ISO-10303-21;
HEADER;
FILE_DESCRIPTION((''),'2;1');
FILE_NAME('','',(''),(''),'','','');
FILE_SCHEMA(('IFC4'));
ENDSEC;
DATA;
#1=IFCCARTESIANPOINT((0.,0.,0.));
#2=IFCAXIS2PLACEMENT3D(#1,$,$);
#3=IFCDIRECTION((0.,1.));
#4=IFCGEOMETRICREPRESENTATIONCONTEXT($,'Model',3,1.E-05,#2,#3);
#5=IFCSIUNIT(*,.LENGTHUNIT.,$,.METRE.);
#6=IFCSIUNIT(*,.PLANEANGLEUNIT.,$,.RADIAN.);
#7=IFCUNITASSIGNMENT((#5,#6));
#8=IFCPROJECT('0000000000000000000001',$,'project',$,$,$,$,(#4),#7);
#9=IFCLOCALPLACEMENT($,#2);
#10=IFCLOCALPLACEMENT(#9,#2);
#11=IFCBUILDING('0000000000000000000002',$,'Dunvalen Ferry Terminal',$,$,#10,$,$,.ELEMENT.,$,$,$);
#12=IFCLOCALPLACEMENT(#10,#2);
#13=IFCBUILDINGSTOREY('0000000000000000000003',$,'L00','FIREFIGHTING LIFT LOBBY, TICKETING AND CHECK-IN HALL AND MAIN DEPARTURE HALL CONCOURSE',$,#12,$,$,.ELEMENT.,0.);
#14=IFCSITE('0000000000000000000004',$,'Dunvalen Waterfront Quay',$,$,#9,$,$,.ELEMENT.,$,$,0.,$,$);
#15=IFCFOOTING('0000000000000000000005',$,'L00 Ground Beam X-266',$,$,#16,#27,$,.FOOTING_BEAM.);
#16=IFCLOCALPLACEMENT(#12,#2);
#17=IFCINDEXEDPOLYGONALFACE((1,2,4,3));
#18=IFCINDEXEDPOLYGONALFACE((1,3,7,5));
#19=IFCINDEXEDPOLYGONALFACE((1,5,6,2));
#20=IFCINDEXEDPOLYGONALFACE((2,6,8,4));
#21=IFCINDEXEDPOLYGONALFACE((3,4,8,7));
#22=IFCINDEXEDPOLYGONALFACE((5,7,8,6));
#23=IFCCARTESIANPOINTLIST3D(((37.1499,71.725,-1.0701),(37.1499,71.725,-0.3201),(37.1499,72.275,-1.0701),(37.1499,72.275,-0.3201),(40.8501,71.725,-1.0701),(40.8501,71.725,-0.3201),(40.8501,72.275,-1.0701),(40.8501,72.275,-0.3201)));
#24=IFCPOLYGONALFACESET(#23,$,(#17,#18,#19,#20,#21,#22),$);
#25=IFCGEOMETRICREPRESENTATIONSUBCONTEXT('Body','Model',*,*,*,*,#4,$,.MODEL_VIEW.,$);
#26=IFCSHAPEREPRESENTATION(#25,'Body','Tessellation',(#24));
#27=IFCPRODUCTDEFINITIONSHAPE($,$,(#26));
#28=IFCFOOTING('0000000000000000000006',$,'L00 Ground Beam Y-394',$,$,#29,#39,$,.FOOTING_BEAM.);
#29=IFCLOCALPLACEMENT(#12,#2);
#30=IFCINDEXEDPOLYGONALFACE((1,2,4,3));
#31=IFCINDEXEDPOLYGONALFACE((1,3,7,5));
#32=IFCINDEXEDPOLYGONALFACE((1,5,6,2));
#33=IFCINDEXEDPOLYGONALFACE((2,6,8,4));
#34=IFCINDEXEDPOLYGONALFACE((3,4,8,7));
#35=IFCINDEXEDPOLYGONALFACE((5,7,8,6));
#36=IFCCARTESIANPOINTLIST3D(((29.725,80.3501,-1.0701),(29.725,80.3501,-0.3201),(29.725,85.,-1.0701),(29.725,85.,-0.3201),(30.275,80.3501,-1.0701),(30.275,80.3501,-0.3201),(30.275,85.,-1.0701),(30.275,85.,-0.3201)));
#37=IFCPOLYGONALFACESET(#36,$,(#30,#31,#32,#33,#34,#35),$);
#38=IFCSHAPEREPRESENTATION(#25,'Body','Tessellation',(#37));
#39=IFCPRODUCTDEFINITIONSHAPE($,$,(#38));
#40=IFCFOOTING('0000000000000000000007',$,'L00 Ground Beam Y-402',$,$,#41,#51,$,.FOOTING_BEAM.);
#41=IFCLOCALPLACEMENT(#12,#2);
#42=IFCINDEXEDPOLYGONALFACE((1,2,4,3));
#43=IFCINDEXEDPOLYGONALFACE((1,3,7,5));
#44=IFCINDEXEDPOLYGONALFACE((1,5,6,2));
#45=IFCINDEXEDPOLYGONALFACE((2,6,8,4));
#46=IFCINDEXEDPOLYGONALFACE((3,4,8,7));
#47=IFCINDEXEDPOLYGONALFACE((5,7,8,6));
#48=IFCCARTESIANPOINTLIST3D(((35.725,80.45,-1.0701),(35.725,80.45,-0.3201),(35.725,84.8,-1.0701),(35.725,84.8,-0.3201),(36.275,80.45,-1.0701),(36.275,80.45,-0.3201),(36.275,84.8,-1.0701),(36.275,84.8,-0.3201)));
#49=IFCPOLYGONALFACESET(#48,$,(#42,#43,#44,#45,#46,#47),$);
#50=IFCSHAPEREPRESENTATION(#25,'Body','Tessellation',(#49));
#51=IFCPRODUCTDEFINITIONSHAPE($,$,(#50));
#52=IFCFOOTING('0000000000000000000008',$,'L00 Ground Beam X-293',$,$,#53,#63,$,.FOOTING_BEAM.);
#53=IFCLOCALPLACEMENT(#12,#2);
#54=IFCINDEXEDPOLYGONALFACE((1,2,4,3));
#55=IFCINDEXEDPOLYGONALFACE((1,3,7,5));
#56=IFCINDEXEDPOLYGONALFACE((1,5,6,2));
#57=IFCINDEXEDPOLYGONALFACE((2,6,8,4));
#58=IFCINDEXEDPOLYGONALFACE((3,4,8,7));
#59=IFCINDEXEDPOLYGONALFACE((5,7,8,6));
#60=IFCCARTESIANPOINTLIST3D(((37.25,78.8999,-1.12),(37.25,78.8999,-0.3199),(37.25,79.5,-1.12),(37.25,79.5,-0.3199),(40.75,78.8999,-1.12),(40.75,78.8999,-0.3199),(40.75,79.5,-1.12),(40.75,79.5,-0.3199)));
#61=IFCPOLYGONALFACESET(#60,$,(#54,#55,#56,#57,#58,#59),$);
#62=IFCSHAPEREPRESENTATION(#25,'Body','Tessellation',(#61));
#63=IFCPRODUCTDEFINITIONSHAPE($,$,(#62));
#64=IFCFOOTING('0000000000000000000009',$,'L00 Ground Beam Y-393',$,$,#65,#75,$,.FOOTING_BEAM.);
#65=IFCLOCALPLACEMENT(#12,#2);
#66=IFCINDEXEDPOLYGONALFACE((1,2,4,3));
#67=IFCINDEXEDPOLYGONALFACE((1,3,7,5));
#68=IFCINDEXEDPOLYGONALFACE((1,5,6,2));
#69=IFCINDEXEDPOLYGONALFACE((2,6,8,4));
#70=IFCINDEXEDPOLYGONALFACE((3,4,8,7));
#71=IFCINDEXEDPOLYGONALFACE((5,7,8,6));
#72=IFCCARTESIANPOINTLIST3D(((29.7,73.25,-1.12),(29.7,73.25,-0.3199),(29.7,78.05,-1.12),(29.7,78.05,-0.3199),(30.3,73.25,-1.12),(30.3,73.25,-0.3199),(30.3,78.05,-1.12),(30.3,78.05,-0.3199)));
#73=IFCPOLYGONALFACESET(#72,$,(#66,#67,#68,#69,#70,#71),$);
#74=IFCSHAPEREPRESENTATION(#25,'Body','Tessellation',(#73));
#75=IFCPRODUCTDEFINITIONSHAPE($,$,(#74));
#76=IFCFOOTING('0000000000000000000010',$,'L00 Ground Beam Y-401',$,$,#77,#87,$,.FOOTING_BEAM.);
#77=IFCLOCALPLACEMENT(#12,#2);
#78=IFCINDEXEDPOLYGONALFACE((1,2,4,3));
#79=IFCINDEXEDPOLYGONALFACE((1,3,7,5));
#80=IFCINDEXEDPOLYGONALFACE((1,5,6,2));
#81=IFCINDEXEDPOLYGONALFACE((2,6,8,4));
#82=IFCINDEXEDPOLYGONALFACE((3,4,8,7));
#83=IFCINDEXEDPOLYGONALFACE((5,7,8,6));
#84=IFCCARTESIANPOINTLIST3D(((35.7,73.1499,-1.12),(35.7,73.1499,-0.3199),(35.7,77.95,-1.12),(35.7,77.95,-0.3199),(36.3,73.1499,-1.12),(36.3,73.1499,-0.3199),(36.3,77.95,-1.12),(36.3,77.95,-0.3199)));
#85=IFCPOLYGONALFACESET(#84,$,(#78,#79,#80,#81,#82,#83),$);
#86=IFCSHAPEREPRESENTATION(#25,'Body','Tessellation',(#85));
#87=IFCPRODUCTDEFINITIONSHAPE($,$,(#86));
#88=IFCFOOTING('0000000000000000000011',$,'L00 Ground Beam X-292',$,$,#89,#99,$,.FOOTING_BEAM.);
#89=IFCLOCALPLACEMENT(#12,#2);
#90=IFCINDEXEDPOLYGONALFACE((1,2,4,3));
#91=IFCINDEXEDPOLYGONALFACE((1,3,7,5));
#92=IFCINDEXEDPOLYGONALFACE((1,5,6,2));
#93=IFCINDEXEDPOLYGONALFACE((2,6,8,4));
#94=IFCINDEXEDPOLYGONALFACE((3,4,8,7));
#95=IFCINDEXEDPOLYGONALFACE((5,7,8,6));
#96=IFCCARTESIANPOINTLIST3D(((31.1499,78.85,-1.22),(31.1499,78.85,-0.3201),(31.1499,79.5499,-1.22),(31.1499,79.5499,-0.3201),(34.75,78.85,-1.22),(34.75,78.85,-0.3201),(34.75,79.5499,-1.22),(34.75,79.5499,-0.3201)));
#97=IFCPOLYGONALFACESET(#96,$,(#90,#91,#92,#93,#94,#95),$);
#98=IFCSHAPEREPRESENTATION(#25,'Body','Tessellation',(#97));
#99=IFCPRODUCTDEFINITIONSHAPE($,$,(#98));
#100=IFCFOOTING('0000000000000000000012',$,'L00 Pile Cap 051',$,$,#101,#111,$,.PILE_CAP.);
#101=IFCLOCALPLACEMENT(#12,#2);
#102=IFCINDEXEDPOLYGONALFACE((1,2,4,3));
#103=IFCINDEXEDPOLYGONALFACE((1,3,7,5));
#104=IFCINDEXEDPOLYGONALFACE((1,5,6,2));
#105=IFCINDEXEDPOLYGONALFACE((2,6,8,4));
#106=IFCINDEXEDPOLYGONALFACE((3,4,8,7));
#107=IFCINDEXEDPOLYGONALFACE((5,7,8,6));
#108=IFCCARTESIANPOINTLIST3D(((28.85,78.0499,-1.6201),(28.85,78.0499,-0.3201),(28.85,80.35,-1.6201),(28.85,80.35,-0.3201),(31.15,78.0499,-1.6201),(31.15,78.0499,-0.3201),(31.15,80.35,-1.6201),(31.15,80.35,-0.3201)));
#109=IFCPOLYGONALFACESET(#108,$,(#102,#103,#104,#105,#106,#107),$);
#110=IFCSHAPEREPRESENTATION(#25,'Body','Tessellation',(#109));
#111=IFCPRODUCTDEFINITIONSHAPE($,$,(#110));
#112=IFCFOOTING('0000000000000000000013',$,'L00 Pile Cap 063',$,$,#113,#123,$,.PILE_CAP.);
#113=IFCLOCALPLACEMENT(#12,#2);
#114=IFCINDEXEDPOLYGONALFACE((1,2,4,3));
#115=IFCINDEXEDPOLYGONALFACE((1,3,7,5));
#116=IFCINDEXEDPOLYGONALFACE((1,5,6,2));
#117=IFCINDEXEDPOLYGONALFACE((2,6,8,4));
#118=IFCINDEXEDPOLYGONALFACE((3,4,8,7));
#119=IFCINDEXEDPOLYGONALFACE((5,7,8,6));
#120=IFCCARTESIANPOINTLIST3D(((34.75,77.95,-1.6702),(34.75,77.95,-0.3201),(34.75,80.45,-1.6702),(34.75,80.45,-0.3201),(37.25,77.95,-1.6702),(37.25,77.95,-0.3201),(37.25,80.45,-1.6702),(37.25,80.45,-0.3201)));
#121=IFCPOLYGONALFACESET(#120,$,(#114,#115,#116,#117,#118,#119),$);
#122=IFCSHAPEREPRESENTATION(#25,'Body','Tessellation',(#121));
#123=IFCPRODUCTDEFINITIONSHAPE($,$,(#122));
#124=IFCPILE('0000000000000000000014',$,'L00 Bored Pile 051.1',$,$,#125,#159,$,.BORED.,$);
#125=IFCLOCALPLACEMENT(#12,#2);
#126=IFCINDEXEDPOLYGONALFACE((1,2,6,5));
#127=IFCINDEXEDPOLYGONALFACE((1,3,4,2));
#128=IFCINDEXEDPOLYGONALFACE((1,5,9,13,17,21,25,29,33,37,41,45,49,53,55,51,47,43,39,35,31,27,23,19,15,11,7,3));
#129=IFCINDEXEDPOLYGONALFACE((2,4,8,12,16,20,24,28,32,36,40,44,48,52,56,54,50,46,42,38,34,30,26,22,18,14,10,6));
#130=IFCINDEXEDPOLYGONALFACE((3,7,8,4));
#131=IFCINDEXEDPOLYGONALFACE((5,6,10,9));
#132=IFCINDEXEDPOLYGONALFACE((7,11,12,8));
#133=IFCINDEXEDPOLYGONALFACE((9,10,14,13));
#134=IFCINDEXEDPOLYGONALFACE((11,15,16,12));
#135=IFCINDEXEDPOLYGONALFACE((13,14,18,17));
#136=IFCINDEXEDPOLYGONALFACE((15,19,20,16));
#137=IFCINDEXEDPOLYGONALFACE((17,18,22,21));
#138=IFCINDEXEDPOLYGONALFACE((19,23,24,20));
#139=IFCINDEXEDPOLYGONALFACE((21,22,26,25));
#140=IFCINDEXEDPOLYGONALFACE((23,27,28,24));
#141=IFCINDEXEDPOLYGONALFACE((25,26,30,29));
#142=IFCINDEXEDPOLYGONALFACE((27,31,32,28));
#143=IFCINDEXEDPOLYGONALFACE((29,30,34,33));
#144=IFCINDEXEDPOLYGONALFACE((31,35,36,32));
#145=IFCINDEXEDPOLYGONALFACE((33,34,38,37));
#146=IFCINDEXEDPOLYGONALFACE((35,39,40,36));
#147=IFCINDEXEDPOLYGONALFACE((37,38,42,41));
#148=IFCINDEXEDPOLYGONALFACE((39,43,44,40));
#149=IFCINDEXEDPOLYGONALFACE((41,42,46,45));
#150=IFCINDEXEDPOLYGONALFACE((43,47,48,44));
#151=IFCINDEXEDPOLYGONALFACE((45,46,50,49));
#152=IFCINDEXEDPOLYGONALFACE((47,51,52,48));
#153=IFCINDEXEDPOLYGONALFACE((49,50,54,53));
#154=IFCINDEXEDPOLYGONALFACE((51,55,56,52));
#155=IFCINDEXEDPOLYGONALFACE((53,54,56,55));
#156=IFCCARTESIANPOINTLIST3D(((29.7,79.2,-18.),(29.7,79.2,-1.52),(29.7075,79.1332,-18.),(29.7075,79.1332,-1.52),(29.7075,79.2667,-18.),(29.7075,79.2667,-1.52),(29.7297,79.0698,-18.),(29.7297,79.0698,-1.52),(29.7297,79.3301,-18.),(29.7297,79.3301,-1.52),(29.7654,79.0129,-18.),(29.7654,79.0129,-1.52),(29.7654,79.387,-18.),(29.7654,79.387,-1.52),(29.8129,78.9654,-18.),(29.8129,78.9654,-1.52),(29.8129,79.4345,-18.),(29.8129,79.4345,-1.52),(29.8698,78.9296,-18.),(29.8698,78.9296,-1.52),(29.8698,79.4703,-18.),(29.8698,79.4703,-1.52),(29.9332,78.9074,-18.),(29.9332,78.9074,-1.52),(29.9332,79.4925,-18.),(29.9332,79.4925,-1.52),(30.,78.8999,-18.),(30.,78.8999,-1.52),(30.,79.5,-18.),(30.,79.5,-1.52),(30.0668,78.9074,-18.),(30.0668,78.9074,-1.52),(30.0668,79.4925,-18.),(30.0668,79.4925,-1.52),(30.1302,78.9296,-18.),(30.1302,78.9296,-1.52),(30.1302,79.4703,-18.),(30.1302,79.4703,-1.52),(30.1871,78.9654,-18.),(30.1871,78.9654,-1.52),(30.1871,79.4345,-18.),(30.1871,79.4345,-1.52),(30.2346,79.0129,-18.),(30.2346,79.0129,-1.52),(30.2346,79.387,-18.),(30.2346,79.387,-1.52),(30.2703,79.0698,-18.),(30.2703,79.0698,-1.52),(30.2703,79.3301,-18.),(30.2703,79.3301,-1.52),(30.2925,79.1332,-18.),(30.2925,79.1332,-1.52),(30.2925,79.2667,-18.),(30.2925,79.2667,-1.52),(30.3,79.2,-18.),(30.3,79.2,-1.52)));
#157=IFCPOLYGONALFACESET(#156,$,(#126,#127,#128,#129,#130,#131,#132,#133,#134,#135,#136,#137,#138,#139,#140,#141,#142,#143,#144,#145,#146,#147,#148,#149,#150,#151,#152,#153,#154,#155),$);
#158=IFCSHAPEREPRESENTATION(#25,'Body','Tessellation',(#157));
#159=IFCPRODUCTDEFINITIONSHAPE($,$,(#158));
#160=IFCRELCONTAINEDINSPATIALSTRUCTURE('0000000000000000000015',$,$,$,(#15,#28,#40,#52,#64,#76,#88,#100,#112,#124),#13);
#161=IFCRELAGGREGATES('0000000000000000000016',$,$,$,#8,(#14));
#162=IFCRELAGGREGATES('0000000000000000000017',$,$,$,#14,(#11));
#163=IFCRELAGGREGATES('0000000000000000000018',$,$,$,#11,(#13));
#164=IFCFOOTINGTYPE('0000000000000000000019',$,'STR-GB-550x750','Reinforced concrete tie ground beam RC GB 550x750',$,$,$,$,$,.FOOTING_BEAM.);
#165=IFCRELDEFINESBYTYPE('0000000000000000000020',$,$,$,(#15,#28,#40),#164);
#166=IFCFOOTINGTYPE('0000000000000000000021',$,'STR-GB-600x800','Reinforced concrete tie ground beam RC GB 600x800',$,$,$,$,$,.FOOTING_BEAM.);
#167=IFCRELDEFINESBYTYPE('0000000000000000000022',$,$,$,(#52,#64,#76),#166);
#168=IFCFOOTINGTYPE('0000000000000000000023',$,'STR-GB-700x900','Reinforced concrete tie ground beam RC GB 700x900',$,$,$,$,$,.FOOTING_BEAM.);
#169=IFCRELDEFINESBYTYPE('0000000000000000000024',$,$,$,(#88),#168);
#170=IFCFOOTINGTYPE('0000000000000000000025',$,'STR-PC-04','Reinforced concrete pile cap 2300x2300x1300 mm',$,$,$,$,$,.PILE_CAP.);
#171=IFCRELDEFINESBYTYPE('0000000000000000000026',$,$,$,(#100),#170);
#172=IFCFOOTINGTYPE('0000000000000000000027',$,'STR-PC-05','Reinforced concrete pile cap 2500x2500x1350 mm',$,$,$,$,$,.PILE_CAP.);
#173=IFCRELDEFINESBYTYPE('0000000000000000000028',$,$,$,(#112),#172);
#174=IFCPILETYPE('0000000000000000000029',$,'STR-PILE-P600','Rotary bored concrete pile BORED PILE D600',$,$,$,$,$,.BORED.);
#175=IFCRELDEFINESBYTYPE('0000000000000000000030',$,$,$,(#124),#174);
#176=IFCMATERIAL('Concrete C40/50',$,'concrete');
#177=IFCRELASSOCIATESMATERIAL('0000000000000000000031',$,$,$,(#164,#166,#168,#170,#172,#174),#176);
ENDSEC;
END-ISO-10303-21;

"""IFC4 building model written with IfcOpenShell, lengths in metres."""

from ifc_helpers import new_model, si_unit, direction, frame, origin, origin_2d, place, context, subcontext, project, spatial, rectangle, circle, extrude, material, material_profile, profile_set, type_object, element, save


model = new_model("IFC4")

# Units and contexts
model_context = context("Model", 3, precision=1e-05, world=origin(), true_north=direction((0.0, 1.0)))
body_context = subcontext(model_context, "Body", "Model", "MODEL_VIEW")
ifc_project = project(units=[si_unit("LENGTHUNIT", "METRE"), si_unit("PLANEANGLEUNIT", "RADIAN")], contexts=[model_context])

# Site, building, storey
site_placement = place(None, origin())
site = spatial("IfcSite", under=ifc_project, at=site_placement, Name="Dunvalen Waterfront Quay", CompositionType="ELEMENT", RefElevation=0.0)
building_placement = place(site_placement, origin())
building = spatial("IfcBuilding", under=site, at=building_placement, Name="Dunvalen Ferry Terminal", CompositionType="ELEMENT")
storey_placement = place(building_placement, origin())
storey = spatial("IfcBuildingStorey", under=building, at=storey_placement, Name="L00", Description="FIREFIGHTING LIFT LOBBY, TICKETING AND CHECK-IN HALL AND MAIN DEPARTURE HALL CONCOURSE", CompositionType="ELEMENT", Elevation=0.0)

# Footings
ifc_material_1 = material(Name="Concrete C40/50", Category="concrete")
ifc_material_profile_1 = material_profile(ifc_material_1, rectangle(XDim=0.55, YDim=0.75, at=origin_2d()), Name="Concrete C40/50")
ifc_profile_set_1 = profile_set([ifc_material_profile_1], Name="Concrete C40/50")
footing_type_1 = type_object("IfcFootingType", Name="STR-GB-550x750", Description="Reinforced concrete tie ground beam RC GB 550x750", PredefinedType="FOOTING_BEAM", material=ifc_profile_set_1)
footing_1_placement = place(storey_placement, frame((37.1499, 72.0, -0.6951), z_axis=(1.0, 0.0, 0.0), x_axis=(0.0, 1.0, 0.0)))
element("IfcFooting", 1, at=footing_1_placement, inside=storey, type_object=footing_type_1, Name="L00 Ground Beam X-266", PredefinedType="FOOTING_BEAM", context=body_context, shape_type="SweptSolid", body=[
    extrude(rectangle(XDim=0.55, YDim=0.75, at=origin_2d()), origin(), (0.0, 0.0, 1.0), 3.7002),
])
footing_2_placement = place(storey_placement, frame((30.0, 80.3501, -0.6951), z_axis=(0.0, 1.0, 0.0), x_axis=(-1.0, 0.0, 0.0)))
element("IfcFooting", 2, at=footing_2_placement, inside=storey, type_object=footing_type_1, Name="L00 Ground Beam Y-394", PredefinedType="FOOTING_BEAM", context=body_context, shape_type="SweptSolid", body=[
    extrude(rectangle(XDim=0.55, YDim=0.75, at=origin_2d()), origin(), (0.0, 0.0, 1.0), 4.6499),
])
footing_3_placement = place(storey_placement, frame((36.0, 80.45, -0.6951), z_axis=(0.0, 1.0, 0.0), x_axis=(-1.0, 0.0, 0.0)))
element("IfcFooting", 3, at=footing_3_placement, inside=storey, type_object=footing_type_1, Name="L00 Ground Beam Y-402", PredefinedType="FOOTING_BEAM", context=body_context, shape_type="SweptSolid", body=[
    extrude(rectangle(XDim=0.55, YDim=0.75, at=origin_2d()), origin(), (0.0, 0.0, 1.0), 4.3501),
])
ifc_material_profile_2 = material_profile(ifc_material_1, rectangle(XDim=0.6001, YDim=0.8, at=origin_2d()), Name="Concrete C40/50")
ifc_profile_set_2 = profile_set([ifc_material_profile_2], Name="Concrete C40/50")
footing_type_2 = type_object("IfcFootingType", Name="STR-GB-600x800", Description="Reinforced concrete tie ground beam RC GB 600x800", PredefinedType="FOOTING_BEAM", material=ifc_profile_set_2)
footing_4_placement = place(storey_placement, frame((37.25, 79.2, -0.72), z_axis=(1.0, 0.0, 0.0), x_axis=(0.0, 1.0, 0.0)))
element("IfcFooting", 4, at=footing_4_placement, inside=storey, type_object=footing_type_2, Name="L00 Ground Beam X-293", PredefinedType="FOOTING_BEAM", context=body_context, shape_type="SweptSolid", body=[
    extrude(rectangle(XDim=0.6001, YDim=0.8, at=origin_2d()), origin(), (0.0, 0.0, 1.0), 3.5),
])
for number, where, z_axis, x_axis, name in (
    (5, (30.0, 73.25, -0.72), (0.0, 1.0, 0.0), (-1.0, 0.0, 0.0), "L00 Ground Beam Y-393"),
    (6, (36.0, 73.1499, -0.72), (0.0, 1.0, 0.0), (-1.0, 0.0, 0.0), "L00 Ground Beam Y-401"),
):
    element("IfcFooting", number, at=place(storey_placement, frame(where, z_axis=z_axis, x_axis=x_axis)), inside=storey, type_object=footing_type_2, Name=name, PredefinedType="FOOTING_BEAM", context=body_context, shape_type="SweptSolid", body=[
        extrude(rectangle(XDim=0.6001, YDim=0.8, at=origin_2d()), origin(), (0.0, 0.0, 1.0), 4.8),
    ])
ifc_material_profile_3 = material_profile(ifc_material_1, rectangle(XDim=0.7, YDim=0.8999, at=origin_2d()), Name="Concrete C40/50")
ifc_profile_set_3 = profile_set([ifc_material_profile_3], Name="Concrete C40/50")
footing_type_3 = type_object("IfcFootingType", Name="STR-GB-700x900", Description="Reinforced concrete tie ground beam RC GB 700x900", PredefinedType="FOOTING_BEAM", material=ifc_profile_set_3)
footing_5_placement = place(storey_placement, frame((31.1499, 79.2, -0.77), z_axis=(1.0, 0.0, 0.0), x_axis=(0.0, 1.0, 0.0)))
element("IfcFooting", 7, at=footing_5_placement, inside=storey, type_object=footing_type_3, Name="L00 Ground Beam X-292", PredefinedType="FOOTING_BEAM", context=body_context, shape_type="SweptSolid", body=[
    extrude(rectangle(XDim=0.7, YDim=0.8999, at=origin_2d()), origin(), (0.0, 0.0, 1.0), 3.6001),
])
footing_type_4 = type_object("IfcFootingType", Name="STR-PC-04", Description="Reinforced concrete pile cap 2300x2300x1300 mm", PredefinedType="PILE_CAP", material=ifc_material_1)
footing_6_placement = place(storey_placement, frame((30.0, 79.2, -1.6201), z_axis=(0.0, 0.0, 1.0), x_axis=(1.0, 0.0, 0.0)))
element("IfcFooting", 8, at=footing_6_placement, inside=storey, type_object=footing_type_4, Name="L00 Pile Cap 051", PredefinedType="PILE_CAP", context=body_context, shape_type="SweptSolid", body=[
    extrude(rectangle(XDim=2.3, YDim=2.3, at=origin_2d()), origin(), (0.0, 0.0, 1.0), 1.3),
])
footing_type_5 = type_object("IfcFootingType", Name="STR-PC-05", Description="Reinforced concrete pile cap 2500x2500x1350 mm", PredefinedType="PILE_CAP", material=ifc_material_1)
footing_7_placement = place(storey_placement, frame((36.0, 79.2, -1.6702), z_axis=(0.0, 0.0, 1.0), x_axis=(1.0, 0.0, 0.0)))
element("IfcFooting", 9, at=footing_7_placement, inside=storey, type_object=footing_type_5, Name="L00 Pile Cap 063", PredefinedType="PILE_CAP", context=body_context, shape_type="SweptSolid", body=[
    extrude(rectangle(XDim=2.5, YDim=2.5, at=origin_2d()), origin(), (0.0, 0.0, 1.0), 1.3501),
])

# Pile
ifc_material_profile_4 = material_profile(ifc_material_1, circle(Radius=0.3, at=origin_2d()), Name="Concrete C40/50")
ifc_profile_set_4 = profile_set([ifc_material_profile_4], Name="Concrete C40/50")
pile_type_1 = type_object("IfcPileType", Name="STR-PILE-P600", Description="Rotary bored concrete pile BORED PILE D600", PredefinedType="BORED", material=ifc_profile_set_4)
pile_1_placement = place(storey_placement, frame((30.0, 79.2, -1.52), z_axis=(0.0, 0.0, -1.0), x_axis=(1.0, 0.0, 0.0)))
element("IfcPile", 10, at=pile_1_placement, inside=storey, type_object=pile_type_1, Name="L00 Bored Pile 051.1", PredefinedType="BORED", context=body_context, shape_type="SweptSolid", body=[
    extrude(circle(Radius=0.3, at=origin_2d()), origin(), (0.0, 0.0, 1.0), 16.48),
])

save(model, "model.ifc")
